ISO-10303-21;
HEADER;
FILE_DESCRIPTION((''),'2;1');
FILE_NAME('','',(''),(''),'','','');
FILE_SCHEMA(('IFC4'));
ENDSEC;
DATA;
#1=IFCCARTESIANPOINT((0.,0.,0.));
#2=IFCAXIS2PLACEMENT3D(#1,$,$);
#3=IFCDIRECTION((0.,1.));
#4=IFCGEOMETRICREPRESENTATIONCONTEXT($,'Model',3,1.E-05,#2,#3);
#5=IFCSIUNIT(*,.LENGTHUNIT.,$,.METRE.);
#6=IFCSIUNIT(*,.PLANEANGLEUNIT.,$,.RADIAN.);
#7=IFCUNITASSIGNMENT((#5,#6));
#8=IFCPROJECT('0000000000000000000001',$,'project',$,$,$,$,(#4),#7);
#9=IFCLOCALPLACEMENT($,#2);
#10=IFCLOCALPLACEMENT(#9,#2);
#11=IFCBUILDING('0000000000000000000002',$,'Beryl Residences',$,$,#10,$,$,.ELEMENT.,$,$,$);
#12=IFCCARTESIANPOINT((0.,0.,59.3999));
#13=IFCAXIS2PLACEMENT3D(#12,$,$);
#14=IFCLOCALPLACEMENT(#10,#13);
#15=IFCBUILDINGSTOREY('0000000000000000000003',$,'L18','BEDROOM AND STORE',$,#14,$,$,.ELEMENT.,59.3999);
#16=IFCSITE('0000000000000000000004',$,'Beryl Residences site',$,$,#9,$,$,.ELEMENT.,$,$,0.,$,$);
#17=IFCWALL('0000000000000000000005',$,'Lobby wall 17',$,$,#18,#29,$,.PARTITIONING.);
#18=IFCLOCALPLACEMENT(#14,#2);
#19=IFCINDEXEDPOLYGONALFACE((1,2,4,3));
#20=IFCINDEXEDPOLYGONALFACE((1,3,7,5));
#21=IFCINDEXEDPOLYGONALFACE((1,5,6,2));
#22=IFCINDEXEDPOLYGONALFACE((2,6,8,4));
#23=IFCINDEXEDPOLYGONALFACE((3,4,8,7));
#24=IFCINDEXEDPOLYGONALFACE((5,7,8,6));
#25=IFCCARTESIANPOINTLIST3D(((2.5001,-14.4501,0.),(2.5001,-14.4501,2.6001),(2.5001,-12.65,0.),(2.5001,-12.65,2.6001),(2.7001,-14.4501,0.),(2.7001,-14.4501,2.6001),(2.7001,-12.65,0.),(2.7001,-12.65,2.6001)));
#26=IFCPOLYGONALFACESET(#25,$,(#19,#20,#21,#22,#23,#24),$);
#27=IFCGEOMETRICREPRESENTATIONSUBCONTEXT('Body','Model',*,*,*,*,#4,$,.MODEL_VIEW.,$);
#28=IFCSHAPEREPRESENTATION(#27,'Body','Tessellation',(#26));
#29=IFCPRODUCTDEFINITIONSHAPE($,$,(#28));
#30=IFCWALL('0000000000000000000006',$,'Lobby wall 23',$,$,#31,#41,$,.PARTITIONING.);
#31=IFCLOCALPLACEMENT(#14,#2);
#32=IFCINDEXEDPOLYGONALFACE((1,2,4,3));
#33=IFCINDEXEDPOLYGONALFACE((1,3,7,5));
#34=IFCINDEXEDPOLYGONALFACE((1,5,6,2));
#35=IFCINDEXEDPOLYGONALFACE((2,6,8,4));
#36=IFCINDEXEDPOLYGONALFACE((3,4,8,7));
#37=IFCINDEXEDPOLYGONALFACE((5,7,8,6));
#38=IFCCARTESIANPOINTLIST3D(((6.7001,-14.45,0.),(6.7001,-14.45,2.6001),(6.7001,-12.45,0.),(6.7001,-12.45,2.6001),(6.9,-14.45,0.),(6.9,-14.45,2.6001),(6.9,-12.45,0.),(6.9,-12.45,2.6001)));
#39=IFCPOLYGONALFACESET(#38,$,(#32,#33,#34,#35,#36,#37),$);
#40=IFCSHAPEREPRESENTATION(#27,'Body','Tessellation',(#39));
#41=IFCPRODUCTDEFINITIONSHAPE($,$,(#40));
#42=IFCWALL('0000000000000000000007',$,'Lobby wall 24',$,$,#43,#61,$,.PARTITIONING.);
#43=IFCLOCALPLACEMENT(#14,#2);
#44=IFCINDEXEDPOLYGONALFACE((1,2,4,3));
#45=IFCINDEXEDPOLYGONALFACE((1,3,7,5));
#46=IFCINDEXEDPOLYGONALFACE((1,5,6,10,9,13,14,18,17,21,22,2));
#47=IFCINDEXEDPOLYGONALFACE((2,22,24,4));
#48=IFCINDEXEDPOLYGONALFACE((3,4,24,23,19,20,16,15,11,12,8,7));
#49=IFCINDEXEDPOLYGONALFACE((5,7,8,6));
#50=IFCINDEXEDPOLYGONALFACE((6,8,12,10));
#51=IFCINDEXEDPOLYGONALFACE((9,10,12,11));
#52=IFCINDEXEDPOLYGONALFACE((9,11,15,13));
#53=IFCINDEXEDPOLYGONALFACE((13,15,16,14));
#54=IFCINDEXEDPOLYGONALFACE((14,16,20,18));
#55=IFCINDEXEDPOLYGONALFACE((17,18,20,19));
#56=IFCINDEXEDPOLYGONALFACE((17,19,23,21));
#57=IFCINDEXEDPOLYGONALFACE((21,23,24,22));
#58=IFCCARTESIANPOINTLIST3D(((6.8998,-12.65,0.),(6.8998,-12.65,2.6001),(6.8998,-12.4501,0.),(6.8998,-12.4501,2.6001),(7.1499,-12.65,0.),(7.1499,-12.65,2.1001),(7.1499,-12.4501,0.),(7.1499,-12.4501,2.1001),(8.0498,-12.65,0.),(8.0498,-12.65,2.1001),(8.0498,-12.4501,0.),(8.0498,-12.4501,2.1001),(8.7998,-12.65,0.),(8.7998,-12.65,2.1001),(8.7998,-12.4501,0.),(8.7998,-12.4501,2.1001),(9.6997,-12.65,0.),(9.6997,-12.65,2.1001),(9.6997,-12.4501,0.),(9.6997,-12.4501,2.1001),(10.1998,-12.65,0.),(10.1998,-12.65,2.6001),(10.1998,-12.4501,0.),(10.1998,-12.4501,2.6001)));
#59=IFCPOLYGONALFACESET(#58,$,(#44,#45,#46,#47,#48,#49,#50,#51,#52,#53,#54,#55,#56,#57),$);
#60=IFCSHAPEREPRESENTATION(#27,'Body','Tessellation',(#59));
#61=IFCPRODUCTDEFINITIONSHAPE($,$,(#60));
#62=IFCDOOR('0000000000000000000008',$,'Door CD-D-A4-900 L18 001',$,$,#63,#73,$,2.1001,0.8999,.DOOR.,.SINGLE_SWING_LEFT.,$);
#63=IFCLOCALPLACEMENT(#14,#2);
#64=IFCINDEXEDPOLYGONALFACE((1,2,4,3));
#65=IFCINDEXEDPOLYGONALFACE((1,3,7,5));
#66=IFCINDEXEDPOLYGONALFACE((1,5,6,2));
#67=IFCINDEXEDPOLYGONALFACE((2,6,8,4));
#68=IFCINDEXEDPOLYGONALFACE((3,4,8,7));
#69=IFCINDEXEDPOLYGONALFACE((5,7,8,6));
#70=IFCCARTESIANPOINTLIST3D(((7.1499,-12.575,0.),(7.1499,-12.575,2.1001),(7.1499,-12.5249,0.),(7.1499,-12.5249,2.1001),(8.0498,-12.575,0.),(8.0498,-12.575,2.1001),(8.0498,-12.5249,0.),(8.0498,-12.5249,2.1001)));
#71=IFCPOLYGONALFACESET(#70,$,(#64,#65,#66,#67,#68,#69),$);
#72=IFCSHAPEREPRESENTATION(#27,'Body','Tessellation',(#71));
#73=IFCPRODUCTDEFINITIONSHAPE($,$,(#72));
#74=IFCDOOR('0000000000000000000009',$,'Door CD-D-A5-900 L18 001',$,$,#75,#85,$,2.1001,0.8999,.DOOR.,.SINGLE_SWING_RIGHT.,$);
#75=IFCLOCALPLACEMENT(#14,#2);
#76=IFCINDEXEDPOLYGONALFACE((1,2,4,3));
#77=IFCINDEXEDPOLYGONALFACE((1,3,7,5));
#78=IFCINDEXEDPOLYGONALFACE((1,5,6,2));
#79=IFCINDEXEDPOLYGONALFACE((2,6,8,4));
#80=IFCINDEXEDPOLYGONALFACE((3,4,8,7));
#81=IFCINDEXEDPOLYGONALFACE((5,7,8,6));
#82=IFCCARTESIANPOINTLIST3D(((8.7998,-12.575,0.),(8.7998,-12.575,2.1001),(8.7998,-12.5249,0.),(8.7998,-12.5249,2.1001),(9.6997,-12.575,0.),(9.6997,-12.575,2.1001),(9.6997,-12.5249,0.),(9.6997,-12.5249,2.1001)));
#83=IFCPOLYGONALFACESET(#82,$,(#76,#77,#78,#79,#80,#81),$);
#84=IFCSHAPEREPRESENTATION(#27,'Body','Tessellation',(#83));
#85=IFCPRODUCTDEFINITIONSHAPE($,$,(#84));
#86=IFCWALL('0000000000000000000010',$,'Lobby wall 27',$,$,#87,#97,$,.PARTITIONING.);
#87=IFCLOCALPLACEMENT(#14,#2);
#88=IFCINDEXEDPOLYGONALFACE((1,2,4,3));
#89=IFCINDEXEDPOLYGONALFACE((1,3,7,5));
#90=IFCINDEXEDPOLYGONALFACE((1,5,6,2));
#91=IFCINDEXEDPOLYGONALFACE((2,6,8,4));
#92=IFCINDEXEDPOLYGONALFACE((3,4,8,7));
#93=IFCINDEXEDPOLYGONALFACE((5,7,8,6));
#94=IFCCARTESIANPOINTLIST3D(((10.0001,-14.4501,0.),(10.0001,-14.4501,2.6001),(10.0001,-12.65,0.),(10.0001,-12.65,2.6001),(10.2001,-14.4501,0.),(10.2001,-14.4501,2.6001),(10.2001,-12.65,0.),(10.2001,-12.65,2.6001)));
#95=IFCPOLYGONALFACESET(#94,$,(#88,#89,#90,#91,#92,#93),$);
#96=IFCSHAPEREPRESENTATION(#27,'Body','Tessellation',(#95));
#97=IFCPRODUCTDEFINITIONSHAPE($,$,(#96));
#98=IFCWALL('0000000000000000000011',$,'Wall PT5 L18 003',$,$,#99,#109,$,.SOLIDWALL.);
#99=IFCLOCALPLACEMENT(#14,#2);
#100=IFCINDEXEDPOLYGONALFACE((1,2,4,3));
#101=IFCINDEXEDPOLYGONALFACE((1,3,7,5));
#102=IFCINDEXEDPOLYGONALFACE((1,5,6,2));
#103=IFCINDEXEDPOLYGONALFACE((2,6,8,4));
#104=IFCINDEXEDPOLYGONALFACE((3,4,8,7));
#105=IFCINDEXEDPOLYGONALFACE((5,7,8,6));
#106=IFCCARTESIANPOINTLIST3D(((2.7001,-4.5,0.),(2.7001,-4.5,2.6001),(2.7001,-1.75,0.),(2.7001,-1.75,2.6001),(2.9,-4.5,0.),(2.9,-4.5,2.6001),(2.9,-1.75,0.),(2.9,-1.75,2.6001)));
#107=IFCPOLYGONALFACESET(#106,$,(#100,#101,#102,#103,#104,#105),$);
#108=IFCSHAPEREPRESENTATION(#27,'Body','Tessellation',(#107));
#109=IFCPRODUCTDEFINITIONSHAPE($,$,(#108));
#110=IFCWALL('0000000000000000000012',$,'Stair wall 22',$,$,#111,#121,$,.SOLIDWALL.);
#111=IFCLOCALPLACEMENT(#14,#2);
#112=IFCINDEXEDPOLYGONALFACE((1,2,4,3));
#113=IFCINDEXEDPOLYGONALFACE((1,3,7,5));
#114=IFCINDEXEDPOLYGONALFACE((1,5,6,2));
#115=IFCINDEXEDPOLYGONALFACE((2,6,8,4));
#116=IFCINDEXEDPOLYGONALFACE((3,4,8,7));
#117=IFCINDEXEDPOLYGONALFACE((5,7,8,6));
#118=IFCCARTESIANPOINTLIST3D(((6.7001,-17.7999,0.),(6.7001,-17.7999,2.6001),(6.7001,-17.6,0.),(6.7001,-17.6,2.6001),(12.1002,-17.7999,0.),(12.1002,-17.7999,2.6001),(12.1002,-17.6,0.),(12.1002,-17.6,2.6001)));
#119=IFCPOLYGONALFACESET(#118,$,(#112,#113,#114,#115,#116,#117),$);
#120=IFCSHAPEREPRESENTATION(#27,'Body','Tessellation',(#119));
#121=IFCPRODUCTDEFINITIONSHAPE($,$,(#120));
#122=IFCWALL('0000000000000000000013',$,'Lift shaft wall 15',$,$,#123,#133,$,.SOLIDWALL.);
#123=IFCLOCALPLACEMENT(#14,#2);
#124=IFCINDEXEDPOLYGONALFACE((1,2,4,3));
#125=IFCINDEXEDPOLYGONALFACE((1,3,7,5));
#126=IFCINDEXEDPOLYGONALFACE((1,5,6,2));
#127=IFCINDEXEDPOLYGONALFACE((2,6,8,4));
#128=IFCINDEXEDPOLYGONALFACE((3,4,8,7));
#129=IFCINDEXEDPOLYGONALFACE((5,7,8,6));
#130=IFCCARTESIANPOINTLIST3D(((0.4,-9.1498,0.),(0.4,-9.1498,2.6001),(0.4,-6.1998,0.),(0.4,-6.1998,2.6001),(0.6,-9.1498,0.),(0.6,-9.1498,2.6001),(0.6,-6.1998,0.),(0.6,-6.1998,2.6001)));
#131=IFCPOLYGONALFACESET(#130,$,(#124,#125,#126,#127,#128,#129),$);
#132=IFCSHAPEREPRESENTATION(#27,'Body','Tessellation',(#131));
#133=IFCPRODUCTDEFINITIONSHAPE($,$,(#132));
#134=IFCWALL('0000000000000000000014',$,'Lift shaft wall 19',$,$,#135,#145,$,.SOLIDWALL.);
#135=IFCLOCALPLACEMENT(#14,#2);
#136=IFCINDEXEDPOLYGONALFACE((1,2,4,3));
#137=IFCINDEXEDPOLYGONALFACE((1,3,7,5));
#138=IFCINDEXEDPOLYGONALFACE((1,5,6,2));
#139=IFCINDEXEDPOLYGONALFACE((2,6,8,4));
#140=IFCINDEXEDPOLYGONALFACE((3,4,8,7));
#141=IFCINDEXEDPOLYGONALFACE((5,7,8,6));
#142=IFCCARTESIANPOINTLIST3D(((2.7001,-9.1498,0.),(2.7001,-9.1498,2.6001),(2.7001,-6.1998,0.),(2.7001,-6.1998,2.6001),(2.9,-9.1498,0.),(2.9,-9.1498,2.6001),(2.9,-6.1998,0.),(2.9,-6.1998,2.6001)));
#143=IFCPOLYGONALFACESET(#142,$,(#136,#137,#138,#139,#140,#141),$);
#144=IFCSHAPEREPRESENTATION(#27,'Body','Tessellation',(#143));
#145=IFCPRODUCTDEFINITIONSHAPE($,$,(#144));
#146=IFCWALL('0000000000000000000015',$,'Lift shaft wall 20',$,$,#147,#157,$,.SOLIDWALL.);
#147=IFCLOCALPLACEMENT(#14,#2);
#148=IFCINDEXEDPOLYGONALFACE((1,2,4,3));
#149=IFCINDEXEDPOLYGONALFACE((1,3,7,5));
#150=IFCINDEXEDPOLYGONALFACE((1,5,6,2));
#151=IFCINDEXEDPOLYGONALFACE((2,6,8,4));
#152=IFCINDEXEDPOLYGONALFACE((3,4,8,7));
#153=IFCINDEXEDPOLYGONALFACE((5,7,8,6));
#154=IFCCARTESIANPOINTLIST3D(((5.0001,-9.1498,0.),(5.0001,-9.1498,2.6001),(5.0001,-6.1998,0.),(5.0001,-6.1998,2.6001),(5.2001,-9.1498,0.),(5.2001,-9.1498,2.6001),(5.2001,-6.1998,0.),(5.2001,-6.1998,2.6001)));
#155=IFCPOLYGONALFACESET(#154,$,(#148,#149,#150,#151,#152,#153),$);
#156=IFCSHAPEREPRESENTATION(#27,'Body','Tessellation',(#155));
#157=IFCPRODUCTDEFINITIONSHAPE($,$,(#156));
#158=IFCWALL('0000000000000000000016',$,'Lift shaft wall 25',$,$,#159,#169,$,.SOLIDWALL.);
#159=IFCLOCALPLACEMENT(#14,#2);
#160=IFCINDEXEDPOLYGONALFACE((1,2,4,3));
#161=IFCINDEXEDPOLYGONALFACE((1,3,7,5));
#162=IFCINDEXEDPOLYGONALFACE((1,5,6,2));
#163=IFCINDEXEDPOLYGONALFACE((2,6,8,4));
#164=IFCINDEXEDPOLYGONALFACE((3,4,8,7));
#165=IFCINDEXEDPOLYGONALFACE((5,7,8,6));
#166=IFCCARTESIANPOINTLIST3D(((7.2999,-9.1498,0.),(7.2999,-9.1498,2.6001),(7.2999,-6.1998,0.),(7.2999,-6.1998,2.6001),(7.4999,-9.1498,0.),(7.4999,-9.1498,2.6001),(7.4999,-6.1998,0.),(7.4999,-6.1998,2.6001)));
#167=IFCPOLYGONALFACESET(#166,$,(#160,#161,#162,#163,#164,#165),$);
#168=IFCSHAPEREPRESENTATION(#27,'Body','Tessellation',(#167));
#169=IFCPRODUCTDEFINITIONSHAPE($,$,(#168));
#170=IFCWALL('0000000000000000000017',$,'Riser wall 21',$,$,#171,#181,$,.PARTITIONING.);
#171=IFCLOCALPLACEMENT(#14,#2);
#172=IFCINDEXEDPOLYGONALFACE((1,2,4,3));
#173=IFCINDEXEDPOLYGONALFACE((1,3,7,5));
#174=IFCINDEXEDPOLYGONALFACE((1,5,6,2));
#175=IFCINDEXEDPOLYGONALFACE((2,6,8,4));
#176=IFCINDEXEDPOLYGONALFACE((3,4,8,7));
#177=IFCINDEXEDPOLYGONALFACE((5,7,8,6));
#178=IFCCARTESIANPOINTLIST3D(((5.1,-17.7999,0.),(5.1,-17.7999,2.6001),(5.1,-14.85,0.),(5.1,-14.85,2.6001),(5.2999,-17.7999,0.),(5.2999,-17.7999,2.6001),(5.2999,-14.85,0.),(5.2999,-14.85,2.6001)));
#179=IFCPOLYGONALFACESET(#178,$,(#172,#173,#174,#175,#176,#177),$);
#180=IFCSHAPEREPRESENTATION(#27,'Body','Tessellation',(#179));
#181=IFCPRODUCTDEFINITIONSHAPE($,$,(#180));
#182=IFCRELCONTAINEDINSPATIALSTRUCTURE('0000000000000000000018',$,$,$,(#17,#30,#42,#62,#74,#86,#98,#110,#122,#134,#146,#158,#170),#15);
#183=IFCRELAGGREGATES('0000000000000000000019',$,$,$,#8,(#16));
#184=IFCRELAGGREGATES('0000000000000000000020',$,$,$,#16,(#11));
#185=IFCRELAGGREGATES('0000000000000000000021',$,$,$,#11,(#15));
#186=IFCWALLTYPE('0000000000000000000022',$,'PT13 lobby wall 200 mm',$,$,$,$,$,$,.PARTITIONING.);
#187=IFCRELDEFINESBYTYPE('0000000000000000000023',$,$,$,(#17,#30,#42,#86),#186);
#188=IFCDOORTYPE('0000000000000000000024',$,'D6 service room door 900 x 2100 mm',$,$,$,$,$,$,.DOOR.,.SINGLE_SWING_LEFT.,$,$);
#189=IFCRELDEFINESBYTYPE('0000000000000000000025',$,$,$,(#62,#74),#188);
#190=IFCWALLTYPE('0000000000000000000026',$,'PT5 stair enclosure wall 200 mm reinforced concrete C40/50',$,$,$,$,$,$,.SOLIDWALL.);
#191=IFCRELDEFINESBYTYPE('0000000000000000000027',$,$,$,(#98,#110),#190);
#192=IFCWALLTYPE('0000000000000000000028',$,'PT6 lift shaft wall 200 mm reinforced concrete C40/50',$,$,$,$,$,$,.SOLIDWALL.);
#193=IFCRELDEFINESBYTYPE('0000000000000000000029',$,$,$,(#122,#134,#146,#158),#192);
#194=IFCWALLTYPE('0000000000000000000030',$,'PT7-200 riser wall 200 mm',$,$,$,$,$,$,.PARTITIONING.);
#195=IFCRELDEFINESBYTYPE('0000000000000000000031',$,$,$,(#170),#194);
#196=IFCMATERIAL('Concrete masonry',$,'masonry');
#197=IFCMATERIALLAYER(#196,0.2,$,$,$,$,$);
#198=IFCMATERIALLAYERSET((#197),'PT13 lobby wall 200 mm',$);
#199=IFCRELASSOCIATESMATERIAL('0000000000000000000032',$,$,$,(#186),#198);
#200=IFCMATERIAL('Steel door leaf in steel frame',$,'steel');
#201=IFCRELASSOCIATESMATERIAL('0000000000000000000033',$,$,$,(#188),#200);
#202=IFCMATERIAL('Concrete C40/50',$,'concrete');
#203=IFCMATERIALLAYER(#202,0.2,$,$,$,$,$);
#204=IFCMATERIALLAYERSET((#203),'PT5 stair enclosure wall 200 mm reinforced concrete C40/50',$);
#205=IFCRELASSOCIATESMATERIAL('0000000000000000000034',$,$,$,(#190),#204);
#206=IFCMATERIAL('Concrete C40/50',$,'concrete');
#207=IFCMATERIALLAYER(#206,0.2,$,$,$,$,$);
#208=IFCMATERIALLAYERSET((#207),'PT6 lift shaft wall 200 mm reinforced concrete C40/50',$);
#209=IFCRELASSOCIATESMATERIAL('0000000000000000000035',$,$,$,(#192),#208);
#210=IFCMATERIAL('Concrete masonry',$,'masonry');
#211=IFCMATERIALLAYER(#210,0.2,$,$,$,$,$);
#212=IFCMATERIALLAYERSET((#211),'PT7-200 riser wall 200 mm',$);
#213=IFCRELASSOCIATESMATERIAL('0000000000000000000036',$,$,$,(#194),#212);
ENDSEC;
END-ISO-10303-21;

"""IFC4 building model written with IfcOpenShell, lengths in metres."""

from ifc_helpers import new_model, si_unit, direction, frame, frame_2d, origin, place, context, subcontext, project, spatial, rectangle, extrude, material, layer, layer_set, type_object, element, fill, save


model = new_model("IFC4")

# Units and contexts
model_context = context("Model", 3, precision=1e-05, world=origin(), true_north=direction((0.0, 1.0)))
body_context = subcontext(model_context, "Body", "Model", "MODEL_VIEW")
ifc_project = project(units=[si_unit("LENGTHUNIT", "METRE"), si_unit("PLANEANGLEUNIT", "RADIAN")], contexts=[model_context])

# Site, building, storey
site_placement = place(None, origin())
site = spatial("IfcSite", under=ifc_project, at=site_placement, Name="Beryl Residences site", CompositionType="ELEMENT", RefElevation=0.0)
building_placement = place(site_placement, origin())
building = spatial("IfcBuilding", under=site, at=building_placement, Name="Beryl Residences", CompositionType="ELEMENT")
storey_placement = place(building_placement, frame((0.0, 0.0, 59.3999)))
storey = spatial("IfcBuildingStorey", under=building, at=storey_placement, Name="L18", Description="BEDROOM AND STORE", CompositionType="ELEMENT", Elevation=59.3999)

# Walls
ifc_material_1 = material(Name="Concrete masonry", Category="masonry")
ifc_layer_1 = layer(ifc_material_1, 0.2)
ifc_layer_set_1 = layer_set([ifc_layer_1], Name="PT13 lobby wall 200 mm")
wall_type_1 = type_object("IfcWallType", Name="PT13 lobby wall 200 mm", PredefinedType="PARTITIONING", material=ifc_layer_set_1)
wall_1_placement = place(storey_placement, frame((2.6001, -14.45, 0.0), z_axis=(0.0, 0.0, 1.0), x_axis=(0.0, 1.0, 0.0)))
element("IfcWall", 1, at=wall_1_placement, inside=storey, type_object=wall_type_1, Name="Lobby wall 17", PredefinedType="PARTITIONING", context=body_context, shape_type="SweptSolid", body=[
    extrude(rectangle(XDim=1.8, YDim=0.2, at=frame_2d((0.8999, 0.0))), origin(), (0.0, 0.0, 1.0), 2.6001),
])
wall_2_placement = place(storey_placement, frame((6.8, -14.45, 0.0), z_axis=(0.0, 0.0, 1.0), x_axis=(0.0, 1.0, 0.0)))
element("IfcWall", 2, at=wall_2_placement, inside=storey, type_object=wall_type_1, Name="Lobby wall 23", PredefinedType="PARTITIONING", context=body_context, shape_type="SweptSolid", body=[
    extrude(rectangle(XDim=2.0, YDim=0.2, at=frame_2d((1.0, 0.0))), origin(), (0.0, 0.0, 1.0), 2.6001),
])

# Wall, openings, doors
wall_3_placement = place(storey_placement, frame((6.8999, -12.55, 0.0), z_axis=(0.0, 0.0, 1.0), x_axis=(1.0, 0.0, 0.0)))
wall_3 = element("IfcWall", 3, at=wall_3_placement, inside=storey, type_object=wall_type_1, Name="Lobby wall 24", PredefinedType="PARTITIONING", context=body_context, shape_type="SweptSolid", body=[
    extrude(rectangle(XDim=3.3, YDim=0.2, at=frame_2d((1.6499, 0.0))), origin(), (0.0, 0.0, 1.0), 2.6001),
])
opening_1_placement = place(wall_3_placement, frame((1.1499, 0.0, 0.0), z_axis=(0.0, 0.0, 1.0), x_axis=(-1.0, 0.0, 0.0)))
opening_1 = element("IfcOpeningElement", 4, at=opening_1_placement, cuts=wall_3, PredefinedType="OPENING", context=body_context, shape_type="SweptSolid", body=[
    extrude(rectangle(XDim=0.8999, YDim=2.1001, at=frame_2d((0.45, 1.05))), frame((0.0, 0.1099, 0.0), z_axis=(0.0, -1.0, 0.0), x_axis=(1.0, 0.0, 0.0)), (0.0, 0.0, 1.0), 0.22),
])
opening_2_placement = place(wall_3_placement, frame((2.7998, 0.0, 0.0), z_axis=(0.0, 0.0, 1.0), x_axis=(-1.0, 0.0, 0.0)))
opening_2 = element("IfcOpeningElement", 5, at=opening_2_placement, cuts=wall_3, PredefinedType="OPENING", context=body_context, shape_type="SweptSolid", body=[
    extrude(rectangle(XDim=0.8999, YDim=2.1001, at=frame_2d((0.45, 1.05))), frame((0.0, 0.1099, 0.0), z_axis=(0.0, -1.0, 0.0), x_axis=(1.0, 0.0, 0.0)), (0.0, 0.0, 1.0), 0.22),
])
ifc_material_2 = material(Name="Steel door leaf in steel frame", Category="steel")
door_type = type_object("IfcDoorType", Name="D6 service room door 900 x 2100 mm", OperationType="SINGLE_SWING_LEFT", PredefinedType="DOOR", material=ifc_material_2)
door_1_placement = place(opening_1_placement, origin())
door_1 = element("IfcDoor", 6, at=door_1_placement, inside=storey, type_object=door_type, Name="Door CD-D-A4-900 L18 001", OperationType="SINGLE_SWING_LEFT", OverallHeight=2.1001, OverallWidth=0.8999, PredefinedType="DOOR", context=body_context, shape_type="SweptSolid", body=[
    extrude(rectangle(XDim=0.8999, YDim=2.1001, at=frame_2d((0.45, 1.05))), frame((0.0, 0.0249, 0.0), z_axis=(0.0, -1.0, 0.0), x_axis=(1.0, 0.0, 0.0)), (0.0, 0.0, 1.0), 0.05),
])
fill(opening_1, door_1)
door_2_placement = place(opening_2_placement, origin())
door_2 = element("IfcDoor", 7, at=door_2_placement, inside=storey, type_object=door_type, Name="Door CD-D-A5-900 L18 001", OperationType="SINGLE_SWING_RIGHT", OverallHeight=2.1001, OverallWidth=0.8999, PredefinedType="DOOR", context=body_context, shape_type="SweptSolid", body=[
    extrude(rectangle(XDim=0.8999, YDim=2.1001, at=frame_2d((0.45, 1.05))), frame((0.0, 0.0249, 0.0), z_axis=(0.0, -1.0, 0.0), x_axis=(1.0, 0.0, 0.0)), (0.0, 0.0, 1.0), 0.05),
])
fill(opening_2, door_2)

# Walls
wall_4_placement = place(storey_placement, frame((10.1001, -14.45, 0.0), z_axis=(0.0, 0.0, 1.0), x_axis=(0.0, 1.0, 0.0)))
element("IfcWall", 8, at=wall_4_placement, inside=storey, type_object=wall_type_1, Name="Lobby wall 27", PredefinedType="PARTITIONING", context=body_context, shape_type="SweptSolid", body=[
    extrude(rectangle(XDim=1.8, YDim=0.2, at=frame_2d((0.8999, 0.0))), origin(), (0.0, 0.0, 1.0), 2.6001),
])
ifc_material_3 = material(Name="Concrete C40/50", Category="concrete")
ifc_layer_2 = layer(ifc_material_3, 0.2)
ifc_layer_set_2 = layer_set([ifc_layer_2], Name="PT5 stair enclosure wall 200 mm reinforced concrete C40/50")
wall_type_2 = type_object("IfcWallType", Name="PT5 stair enclosure wall 200 mm reinforced concrete C40/50", PredefinedType="SOLIDWALL", material=ifc_layer_set_2)
wall_5_placement = place(storey_placement, frame((2.8, -4.5, 0.0), z_axis=(0.0, 0.0, 1.0), x_axis=(0.0, 1.0, 0.0)))
element("IfcWall", 9, at=wall_5_placement, inside=storey, type_object=wall_type_2, Name="Wall PT5 L18 003", PredefinedType="SOLIDWALL", context=body_context, shape_type="SweptSolid", body=[
    extrude(rectangle(XDim=2.75, YDim=0.2, at=frame_2d((1.375, 0.0))), origin(), (0.0, 0.0, 1.0), 2.6001),
])
wall_6_placement = place(storey_placement, frame((6.7, -17.7, 0.0), z_axis=(0.0, 0.0, 1.0), x_axis=(1.0, 0.0, 0.0)))
element("IfcWall", 10, at=wall_6_placement, inside=storey, type_object=wall_type_2, Name="Stair wall 22", PredefinedType="SOLIDWALL", context=body_context, shape_type="SweptSolid", body=[
    extrude(rectangle(XDim=5.4001, YDim=0.2, at=frame_2d((2.7002, 0.0))), origin(), (0.0, 0.0, 1.0), 2.6001),
])
ifc_material_4 = material(Name="Concrete C40/50", Category="concrete")
ifc_layer_3 = layer(ifc_material_4, 0.2)
ifc_layer_set_3 = layer_set([ifc_layer_3], Name="PT6 lift shaft wall 200 mm reinforced concrete C40/50")
wall_type_3 = type_object("IfcWallType", Name="PT6 lift shaft wall 200 mm reinforced concrete C40/50", PredefinedType="SOLIDWALL", material=ifc_layer_set_3)
for number, where, z_axis, x_axis, name in (
    (11, (0.5, -9.1499, 0.0), (0.0, 0.0, 1.0), (0.0, 1.0, 0.0), "Lift shaft wall 15"),
    (12, (2.8, -9.1499, 0.0), (0.0, 0.0, 1.0), (0.0, 1.0, 0.0), "Lift shaft wall 19"),
    (13, (5.1001, -9.1499, 0.0), (0.0, 0.0, 1.0), (0.0, 1.0, 0.0), "Lift shaft wall 20"),
    (14, (7.3999, -9.1499, 0.0), (0.0, 0.0, 1.0), (0.0, 1.0, 0.0), "Lift shaft wall 25"),
):
    element("IfcWall", number, at=place(storey_placement, frame(where, z_axis=z_axis, x_axis=x_axis)), inside=storey, type_object=wall_type_3, Name=name, PredefinedType="SOLIDWALL", context=body_context, shape_type="SweptSolid", body=[
        extrude(rectangle(XDim=2.95, YDim=0.2, at=frame_2d((1.4751, 0.0))), origin(), (0.0, 0.0, 1.0), 2.6001),
    ])
ifc_material_5 = material(Name="Concrete masonry", Category="masonry")
ifc_layer_4 = layer(ifc_material_5, 0.2)
ifc_layer_set_4 = layer_set([ifc_layer_4], Name="PT7-200 riser wall 200 mm")
wall_type_4 = type_object("IfcWallType", Name="PT7-200 riser wall 200 mm", PredefinedType="PARTITIONING", material=ifc_layer_set_4)
wall_7_placement = place(storey_placement, frame((5.2, -17.8, 0.0), z_axis=(0.0, 0.0, 1.0), x_axis=(0.0, 1.0, 0.0)))
element("IfcWall", 15, at=wall_7_placement, inside=storey, type_object=wall_type_4, Name="Riser wall 21", PredefinedType="PARTITIONING", context=body_context, shape_type="SweptSolid", body=[
    extrude(rectangle(XDim=2.95, YDim=0.2, at=frame_2d((1.4751, 0.0))), origin(), (0.0, 0.0, 1.0), 2.6001),
])

save(model, "model.ifc")
